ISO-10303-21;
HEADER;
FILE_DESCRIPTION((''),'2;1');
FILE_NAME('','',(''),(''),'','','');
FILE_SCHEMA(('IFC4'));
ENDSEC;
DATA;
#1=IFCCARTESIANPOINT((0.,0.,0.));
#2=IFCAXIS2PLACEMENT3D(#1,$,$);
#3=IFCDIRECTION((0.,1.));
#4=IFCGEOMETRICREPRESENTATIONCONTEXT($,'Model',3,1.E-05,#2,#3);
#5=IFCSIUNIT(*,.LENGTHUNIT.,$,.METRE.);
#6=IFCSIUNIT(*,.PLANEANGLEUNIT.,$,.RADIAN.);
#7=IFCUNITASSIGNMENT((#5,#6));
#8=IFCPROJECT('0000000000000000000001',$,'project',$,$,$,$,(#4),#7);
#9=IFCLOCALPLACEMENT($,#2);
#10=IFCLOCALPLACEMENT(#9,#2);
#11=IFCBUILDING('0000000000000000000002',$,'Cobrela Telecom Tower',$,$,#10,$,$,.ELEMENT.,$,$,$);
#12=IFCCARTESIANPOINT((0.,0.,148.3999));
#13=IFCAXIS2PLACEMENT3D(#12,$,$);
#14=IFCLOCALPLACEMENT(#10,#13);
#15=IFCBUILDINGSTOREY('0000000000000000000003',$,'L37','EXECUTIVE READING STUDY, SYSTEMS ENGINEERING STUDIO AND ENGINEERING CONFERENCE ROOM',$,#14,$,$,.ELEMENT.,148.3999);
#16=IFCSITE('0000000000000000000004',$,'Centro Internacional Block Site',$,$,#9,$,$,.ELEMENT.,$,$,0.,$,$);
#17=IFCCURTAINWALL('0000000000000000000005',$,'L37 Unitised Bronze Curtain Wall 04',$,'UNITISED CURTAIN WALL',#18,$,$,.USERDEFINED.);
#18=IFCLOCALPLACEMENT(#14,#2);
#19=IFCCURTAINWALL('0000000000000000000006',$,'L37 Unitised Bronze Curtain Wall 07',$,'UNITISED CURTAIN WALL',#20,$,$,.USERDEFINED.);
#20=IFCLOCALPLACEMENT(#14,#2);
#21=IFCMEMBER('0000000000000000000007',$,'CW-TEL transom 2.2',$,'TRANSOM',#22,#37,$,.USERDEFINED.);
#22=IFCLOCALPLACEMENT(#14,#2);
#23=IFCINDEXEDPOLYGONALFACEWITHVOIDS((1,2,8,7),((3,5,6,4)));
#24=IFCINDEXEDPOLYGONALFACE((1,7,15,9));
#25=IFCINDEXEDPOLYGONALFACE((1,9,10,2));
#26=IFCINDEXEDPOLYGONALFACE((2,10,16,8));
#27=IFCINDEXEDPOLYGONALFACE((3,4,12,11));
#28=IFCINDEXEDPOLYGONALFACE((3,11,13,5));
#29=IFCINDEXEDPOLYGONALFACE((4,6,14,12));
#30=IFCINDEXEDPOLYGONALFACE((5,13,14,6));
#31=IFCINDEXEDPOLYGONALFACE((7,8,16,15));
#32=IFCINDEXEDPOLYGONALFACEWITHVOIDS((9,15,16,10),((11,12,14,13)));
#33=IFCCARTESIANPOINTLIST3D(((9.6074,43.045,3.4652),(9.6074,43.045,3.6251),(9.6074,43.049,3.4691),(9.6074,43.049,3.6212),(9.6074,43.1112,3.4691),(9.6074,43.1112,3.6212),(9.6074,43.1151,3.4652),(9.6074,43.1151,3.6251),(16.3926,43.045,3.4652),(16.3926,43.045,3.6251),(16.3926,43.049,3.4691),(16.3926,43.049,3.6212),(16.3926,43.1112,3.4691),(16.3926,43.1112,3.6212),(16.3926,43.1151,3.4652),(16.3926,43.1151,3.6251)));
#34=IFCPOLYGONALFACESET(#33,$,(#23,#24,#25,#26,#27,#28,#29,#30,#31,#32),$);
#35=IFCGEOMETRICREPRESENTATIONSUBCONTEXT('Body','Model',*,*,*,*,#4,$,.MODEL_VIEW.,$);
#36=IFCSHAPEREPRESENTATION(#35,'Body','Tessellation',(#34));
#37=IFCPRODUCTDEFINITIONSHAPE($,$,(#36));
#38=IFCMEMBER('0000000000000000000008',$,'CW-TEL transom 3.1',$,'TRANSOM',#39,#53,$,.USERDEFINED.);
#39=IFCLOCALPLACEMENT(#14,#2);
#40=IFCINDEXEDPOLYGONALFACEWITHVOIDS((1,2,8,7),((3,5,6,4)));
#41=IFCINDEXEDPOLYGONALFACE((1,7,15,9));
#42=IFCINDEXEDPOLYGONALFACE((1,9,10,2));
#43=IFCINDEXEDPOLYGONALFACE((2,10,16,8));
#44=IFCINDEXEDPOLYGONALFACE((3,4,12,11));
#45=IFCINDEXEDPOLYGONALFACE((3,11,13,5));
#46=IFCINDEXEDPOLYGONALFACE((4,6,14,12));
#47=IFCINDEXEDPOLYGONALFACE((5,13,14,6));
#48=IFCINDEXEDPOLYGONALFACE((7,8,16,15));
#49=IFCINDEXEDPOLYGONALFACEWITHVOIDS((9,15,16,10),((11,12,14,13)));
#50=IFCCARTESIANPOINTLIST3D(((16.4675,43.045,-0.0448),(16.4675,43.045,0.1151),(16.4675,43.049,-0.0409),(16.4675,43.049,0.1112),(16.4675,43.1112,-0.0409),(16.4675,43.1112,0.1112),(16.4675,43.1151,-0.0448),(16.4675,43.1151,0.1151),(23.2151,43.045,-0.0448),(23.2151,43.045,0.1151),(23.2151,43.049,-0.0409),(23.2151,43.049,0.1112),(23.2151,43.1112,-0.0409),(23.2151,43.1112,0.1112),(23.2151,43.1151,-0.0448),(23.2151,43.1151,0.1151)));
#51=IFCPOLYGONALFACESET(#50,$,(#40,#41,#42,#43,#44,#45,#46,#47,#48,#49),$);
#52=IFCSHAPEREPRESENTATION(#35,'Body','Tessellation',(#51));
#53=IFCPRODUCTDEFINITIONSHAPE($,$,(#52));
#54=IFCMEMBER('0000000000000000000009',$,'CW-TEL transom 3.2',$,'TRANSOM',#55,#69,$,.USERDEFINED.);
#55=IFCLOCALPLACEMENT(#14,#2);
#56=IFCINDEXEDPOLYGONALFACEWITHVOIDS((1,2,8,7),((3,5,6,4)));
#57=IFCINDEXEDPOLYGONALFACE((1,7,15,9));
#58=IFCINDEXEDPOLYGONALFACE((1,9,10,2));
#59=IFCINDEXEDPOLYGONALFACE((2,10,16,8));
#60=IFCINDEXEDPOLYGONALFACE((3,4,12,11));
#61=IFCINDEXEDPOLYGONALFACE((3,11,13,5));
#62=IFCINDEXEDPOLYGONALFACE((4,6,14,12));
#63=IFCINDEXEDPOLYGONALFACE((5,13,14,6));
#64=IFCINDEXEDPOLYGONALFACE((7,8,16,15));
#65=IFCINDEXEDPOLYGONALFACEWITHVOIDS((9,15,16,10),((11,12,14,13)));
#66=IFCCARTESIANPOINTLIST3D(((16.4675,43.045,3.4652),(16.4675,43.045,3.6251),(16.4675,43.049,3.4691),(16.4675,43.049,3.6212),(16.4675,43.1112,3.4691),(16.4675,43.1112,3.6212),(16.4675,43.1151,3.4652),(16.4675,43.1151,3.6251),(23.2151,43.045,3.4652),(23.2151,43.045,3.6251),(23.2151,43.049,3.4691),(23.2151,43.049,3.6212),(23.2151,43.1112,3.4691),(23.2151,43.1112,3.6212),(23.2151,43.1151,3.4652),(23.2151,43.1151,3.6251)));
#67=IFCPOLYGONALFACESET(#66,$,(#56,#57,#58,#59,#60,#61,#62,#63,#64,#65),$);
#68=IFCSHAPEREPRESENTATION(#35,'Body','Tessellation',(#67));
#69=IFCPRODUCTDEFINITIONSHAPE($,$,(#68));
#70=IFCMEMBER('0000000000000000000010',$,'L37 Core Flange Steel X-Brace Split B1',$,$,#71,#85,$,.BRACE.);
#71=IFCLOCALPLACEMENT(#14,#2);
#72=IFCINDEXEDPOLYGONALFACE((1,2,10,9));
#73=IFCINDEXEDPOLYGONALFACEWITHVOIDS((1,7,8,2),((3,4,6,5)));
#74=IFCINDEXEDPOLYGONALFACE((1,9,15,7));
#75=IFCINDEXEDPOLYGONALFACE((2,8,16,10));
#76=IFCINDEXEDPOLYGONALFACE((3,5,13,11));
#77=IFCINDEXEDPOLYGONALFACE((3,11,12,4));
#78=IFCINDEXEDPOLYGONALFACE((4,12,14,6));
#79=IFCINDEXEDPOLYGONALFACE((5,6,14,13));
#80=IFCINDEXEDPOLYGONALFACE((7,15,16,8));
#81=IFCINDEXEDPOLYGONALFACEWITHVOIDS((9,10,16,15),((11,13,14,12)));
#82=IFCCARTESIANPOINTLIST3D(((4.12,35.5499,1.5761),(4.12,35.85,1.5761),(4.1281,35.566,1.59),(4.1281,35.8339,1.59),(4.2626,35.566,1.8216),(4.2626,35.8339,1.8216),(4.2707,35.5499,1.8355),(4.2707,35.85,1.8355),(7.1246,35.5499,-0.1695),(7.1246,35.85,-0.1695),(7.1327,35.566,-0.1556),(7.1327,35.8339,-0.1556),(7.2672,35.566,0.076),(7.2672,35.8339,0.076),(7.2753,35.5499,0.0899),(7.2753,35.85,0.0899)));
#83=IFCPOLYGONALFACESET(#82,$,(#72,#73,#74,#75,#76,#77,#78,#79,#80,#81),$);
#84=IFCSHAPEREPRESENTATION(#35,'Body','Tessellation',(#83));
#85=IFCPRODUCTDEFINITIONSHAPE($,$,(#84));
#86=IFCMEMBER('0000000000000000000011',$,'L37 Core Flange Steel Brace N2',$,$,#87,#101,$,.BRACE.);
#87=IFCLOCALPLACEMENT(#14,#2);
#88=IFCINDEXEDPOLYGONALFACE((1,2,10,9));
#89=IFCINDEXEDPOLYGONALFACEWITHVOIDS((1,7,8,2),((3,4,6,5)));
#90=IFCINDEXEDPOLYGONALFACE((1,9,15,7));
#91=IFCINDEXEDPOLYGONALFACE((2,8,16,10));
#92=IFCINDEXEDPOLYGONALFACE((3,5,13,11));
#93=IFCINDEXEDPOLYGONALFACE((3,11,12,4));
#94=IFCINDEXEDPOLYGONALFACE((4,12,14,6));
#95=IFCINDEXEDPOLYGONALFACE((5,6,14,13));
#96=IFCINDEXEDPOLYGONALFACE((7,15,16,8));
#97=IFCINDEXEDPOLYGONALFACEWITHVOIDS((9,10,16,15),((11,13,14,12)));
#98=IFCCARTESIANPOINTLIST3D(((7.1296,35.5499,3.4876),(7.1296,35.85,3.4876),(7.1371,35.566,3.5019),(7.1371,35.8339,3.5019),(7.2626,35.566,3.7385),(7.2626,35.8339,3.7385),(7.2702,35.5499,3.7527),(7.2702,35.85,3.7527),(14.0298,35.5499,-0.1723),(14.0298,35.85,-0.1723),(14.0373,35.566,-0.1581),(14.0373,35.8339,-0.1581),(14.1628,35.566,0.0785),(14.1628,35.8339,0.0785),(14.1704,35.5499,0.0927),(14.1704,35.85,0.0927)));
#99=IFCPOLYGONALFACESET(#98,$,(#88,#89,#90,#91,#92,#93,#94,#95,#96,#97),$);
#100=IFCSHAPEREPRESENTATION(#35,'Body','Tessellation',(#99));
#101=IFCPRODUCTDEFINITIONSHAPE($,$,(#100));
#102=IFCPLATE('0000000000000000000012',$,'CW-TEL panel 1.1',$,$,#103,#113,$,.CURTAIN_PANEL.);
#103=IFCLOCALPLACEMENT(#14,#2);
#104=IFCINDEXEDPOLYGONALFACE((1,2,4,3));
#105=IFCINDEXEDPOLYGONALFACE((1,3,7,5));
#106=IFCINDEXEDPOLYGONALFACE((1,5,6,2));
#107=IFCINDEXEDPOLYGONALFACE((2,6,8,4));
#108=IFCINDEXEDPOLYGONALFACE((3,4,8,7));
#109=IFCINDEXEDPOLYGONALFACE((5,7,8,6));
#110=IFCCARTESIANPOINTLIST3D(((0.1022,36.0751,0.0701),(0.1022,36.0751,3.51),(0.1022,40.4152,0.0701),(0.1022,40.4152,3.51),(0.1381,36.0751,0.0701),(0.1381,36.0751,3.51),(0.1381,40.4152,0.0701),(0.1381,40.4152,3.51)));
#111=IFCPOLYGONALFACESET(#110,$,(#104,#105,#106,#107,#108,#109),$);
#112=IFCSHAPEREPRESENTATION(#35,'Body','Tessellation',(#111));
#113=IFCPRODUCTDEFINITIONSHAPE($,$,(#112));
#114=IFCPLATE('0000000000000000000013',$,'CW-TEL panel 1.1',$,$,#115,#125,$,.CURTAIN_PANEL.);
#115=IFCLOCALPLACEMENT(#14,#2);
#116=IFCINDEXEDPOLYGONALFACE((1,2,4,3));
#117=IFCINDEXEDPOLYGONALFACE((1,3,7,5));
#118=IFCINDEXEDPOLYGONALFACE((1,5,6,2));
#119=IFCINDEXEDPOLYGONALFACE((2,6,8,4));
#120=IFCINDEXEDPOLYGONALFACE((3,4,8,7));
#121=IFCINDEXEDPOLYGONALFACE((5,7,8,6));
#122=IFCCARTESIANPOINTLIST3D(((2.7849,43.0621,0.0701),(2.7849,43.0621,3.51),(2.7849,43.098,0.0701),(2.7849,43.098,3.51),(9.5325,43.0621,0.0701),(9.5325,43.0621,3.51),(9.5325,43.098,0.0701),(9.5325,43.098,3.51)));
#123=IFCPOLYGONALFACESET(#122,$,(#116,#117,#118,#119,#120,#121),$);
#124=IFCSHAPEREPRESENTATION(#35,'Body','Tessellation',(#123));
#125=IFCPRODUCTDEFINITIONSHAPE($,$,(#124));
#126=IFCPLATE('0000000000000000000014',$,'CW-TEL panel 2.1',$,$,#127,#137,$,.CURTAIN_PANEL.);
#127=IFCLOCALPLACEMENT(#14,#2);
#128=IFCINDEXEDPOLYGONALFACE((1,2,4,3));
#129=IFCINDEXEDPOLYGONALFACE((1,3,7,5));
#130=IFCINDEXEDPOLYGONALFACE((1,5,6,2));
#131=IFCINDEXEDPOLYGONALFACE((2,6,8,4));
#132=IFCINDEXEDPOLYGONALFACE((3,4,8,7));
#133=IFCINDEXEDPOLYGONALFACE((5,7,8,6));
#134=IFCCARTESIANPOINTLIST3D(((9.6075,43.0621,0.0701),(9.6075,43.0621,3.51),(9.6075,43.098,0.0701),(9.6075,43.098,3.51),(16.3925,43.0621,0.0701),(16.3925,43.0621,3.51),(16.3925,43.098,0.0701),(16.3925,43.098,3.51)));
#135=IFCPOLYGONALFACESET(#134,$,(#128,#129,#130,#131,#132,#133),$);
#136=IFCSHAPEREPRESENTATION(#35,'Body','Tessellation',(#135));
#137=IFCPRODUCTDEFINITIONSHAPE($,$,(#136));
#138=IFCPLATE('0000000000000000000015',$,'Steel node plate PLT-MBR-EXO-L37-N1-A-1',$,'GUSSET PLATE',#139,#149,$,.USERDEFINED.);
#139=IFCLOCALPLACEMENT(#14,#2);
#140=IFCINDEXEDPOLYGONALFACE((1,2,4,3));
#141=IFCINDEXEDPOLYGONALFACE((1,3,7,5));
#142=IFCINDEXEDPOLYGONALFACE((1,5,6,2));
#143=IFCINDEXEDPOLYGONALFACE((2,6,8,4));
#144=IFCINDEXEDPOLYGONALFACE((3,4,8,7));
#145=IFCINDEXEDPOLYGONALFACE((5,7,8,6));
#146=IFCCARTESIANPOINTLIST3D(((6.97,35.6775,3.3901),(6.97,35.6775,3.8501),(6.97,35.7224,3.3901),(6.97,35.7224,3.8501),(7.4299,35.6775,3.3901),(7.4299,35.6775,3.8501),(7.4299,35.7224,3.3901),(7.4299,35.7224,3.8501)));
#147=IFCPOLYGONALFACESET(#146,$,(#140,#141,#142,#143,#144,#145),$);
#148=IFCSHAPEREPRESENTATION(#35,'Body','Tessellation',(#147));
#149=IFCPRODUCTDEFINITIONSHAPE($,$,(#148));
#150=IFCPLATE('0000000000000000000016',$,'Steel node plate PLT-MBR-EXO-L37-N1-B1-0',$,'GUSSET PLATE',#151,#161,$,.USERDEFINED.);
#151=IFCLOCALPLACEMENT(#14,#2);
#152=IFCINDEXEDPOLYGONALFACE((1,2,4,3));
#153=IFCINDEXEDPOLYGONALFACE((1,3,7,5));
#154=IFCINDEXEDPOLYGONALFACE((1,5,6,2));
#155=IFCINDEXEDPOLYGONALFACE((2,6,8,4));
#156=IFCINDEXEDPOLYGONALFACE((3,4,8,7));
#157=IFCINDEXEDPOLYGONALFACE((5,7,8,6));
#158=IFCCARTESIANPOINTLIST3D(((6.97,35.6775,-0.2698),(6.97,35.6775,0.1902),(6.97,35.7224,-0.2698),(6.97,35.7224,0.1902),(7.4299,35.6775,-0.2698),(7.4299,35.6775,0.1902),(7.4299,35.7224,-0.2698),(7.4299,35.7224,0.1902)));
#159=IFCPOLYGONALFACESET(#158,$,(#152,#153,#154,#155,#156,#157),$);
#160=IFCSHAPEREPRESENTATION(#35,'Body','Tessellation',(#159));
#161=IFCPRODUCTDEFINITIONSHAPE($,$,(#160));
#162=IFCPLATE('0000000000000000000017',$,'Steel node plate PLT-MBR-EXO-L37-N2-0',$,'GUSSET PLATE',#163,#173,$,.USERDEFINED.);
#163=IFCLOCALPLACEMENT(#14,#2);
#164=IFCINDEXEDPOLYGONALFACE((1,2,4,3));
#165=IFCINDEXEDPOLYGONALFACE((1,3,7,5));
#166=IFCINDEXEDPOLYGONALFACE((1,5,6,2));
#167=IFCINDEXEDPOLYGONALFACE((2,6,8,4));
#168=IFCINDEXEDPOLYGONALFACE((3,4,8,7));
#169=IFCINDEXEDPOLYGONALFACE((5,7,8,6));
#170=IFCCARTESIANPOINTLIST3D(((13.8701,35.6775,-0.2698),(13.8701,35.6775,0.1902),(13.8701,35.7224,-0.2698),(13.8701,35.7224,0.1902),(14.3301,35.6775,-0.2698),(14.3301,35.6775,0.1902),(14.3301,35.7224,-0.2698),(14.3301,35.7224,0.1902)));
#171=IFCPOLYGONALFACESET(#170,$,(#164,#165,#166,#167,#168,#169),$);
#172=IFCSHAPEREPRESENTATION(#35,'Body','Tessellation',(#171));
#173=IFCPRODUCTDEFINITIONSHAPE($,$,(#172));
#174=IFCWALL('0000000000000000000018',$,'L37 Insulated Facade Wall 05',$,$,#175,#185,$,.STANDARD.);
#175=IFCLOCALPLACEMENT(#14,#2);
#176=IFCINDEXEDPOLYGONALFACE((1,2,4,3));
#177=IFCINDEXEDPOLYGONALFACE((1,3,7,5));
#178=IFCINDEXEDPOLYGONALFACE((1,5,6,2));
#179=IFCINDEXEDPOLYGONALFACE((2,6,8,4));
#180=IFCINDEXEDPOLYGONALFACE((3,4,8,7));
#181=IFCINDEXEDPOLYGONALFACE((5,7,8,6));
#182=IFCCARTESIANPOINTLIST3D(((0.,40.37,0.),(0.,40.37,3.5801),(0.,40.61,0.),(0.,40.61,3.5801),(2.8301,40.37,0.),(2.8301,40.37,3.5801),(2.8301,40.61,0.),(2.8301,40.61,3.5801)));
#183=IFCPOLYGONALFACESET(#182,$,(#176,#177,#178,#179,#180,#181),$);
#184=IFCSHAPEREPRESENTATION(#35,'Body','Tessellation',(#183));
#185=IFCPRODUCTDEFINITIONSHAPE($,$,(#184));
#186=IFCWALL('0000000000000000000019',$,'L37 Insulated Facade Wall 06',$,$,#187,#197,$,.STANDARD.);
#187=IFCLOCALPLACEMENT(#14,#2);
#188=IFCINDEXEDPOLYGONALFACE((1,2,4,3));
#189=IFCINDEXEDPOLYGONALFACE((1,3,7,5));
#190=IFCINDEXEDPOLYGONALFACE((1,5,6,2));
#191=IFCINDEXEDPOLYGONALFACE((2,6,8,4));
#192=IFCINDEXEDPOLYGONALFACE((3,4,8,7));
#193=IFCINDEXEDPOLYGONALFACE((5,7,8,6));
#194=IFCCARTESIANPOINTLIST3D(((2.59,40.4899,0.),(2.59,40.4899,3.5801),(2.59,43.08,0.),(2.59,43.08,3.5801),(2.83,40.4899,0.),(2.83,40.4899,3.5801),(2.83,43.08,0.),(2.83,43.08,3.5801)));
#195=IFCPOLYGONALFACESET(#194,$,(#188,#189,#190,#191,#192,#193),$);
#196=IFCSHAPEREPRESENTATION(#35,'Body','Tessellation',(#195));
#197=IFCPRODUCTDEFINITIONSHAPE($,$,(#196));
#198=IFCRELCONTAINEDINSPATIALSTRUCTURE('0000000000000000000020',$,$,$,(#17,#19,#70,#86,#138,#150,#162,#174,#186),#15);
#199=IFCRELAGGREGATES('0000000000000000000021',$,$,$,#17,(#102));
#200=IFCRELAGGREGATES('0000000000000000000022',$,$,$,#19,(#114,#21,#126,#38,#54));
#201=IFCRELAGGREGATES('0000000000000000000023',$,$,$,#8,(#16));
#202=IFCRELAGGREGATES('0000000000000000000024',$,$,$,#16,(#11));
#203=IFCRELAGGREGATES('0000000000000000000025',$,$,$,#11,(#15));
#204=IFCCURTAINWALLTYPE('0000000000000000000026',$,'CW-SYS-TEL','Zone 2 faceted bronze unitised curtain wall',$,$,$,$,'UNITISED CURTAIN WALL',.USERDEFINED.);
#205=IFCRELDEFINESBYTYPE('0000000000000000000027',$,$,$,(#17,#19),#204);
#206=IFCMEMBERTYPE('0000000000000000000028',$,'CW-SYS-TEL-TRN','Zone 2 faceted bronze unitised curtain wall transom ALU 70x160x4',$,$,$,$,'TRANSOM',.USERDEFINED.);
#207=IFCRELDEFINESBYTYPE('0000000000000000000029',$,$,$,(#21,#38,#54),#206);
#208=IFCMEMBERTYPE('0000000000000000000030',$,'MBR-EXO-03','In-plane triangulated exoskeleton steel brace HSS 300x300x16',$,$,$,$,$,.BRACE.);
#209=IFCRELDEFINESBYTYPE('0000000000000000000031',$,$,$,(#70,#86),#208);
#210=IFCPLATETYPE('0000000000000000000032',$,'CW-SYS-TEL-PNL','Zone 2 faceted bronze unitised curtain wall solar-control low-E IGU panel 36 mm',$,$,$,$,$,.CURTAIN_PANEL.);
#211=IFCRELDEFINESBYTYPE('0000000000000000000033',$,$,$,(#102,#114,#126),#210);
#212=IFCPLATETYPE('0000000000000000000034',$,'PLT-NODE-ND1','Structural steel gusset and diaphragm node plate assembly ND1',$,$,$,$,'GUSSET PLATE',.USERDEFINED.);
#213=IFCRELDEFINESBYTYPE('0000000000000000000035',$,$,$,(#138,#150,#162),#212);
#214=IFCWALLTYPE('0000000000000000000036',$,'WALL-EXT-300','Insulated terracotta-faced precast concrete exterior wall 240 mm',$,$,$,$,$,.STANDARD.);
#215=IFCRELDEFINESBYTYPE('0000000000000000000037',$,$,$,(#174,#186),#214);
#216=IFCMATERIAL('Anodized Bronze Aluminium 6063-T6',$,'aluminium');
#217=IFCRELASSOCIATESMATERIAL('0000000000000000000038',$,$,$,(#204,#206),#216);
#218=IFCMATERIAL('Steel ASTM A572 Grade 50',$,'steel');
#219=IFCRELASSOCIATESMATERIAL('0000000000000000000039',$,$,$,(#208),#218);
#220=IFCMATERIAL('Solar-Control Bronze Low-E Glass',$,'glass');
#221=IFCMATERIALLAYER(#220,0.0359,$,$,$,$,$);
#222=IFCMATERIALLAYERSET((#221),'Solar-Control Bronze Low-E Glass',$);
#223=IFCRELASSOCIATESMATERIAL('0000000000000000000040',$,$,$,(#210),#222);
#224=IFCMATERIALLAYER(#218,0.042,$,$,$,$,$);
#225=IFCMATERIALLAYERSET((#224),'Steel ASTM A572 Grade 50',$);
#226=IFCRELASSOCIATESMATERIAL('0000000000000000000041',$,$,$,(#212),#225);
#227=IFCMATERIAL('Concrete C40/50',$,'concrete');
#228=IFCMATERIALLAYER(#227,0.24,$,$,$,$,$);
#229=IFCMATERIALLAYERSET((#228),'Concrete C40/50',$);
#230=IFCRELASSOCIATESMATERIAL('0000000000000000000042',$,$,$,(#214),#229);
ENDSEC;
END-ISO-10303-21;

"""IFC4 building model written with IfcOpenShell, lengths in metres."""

from ifc_helpers import new_model, si_unit, direction, frame, frame_2d, origin, origin_2d, place, context, subcontext, project, spatial, rectangle, hollow_rectangle, extrude, material, layer, layer_set, material_profile, profile_set, type_object, element, aggregate, save


model = new_model("IFC4")

# Units and contexts
model_context = context("Model", 3, precision=1e-05, world=origin(), true_north=direction((0.0, 1.0)))
body_context = subcontext(model_context, "Body", "Model", "MODEL_VIEW")
ifc_project = project(units=[si_unit("LENGTHUNIT", "METRE"), si_unit("PLANEANGLEUNIT", "RADIAN")], contexts=[model_context])

# Site, building, storey
site_placement = place(None, origin())
site = spatial("IfcSite", under=ifc_project, at=site_placement, Name="Centro Internacional Block Site", CompositionType="ELEMENT", RefElevation=0.0)
building_placement = place(site_placement, origin())
building = spatial("IfcBuilding", under=site, at=building_placement, Name="Cobrela Telecom Tower", CompositionType="ELEMENT")
storey_placement = place(building_placement, frame((0.0, 0.0, 148.3999)))
storey = spatial("IfcBuildingStorey", under=building, at=storey_placement, Name="L37", Description="EXECUTIVE READING STUDY, SYSTEMS ENGINEERING STUDIO AND ENGINEERING CONFERENCE ROOM", CompositionType="ELEMENT", Elevation=148.3999)

# Shared definitions
ifc_material_1 = material(Name="Steel ASTM A572 Grade 50", Category="steel")

# Curtain walls
ifc_material_2 = material(Name="Anodized Bronze Aluminium 6063-T6", Category="aluminium")
curtain_wall_type = type_object("IfcCurtainWallType", Name="CW-SYS-TEL", Description="Zone 2 faceted bronze unitised curtain wall", ElementType="UNITISED CURTAIN WALL", PredefinedType="USERDEFINED", material=ifc_material_2)
curtain_wall_1_placement = place(storey_placement, origin())
curtain_wall_1 = element("IfcCurtainWall", 1, at=curtain_wall_1_placement, inside=storey, type_object=curtain_wall_type, Name="L37 Unitised Bronze Curtain Wall 04", ObjectType="UNITISED CURTAIN WALL", PredefinedType="USERDEFINED")
curtain_wall_2_placement = place(storey_placement, origin())
curtain_wall_2 = element("IfcCurtainWall", 2, at=curtain_wall_2_placement, inside=storey, type_object=curtain_wall_type, Name="L37 Unitised Bronze Curtain Wall 07", ObjectType="UNITISED CURTAIN WALL", PredefinedType="USERDEFINED")

# Members
ifc_material_profile_1 = material_profile(ifc_material_2, hollow_rectangle(XDim=0.0701, YDim=0.1599, WallThickness=0.0039, at=origin_2d()), Name="ALU 70x160x4")
ifc_profile_set_1 = profile_set([ifc_material_profile_1], Name="Anodized Bronze Aluminium 6063-T6")
member_type_1 = type_object("IfcMemberType", Name="CW-SYS-TEL-TRN", Description="Zone 2 faceted bronze unitised curtain wall transom ALU 70x160x4", ElementType="TRANSOM", PredefinedType="USERDEFINED", material=ifc_profile_set_1)
member_1_placement = place(storey_placement, frame((9.6074, 43.0801, 3.5452), z_axis=(1.0, 0.0, 0.0), x_axis=(0.0, 1.0, 0.0)))
member_1 = element("IfcMember", 3, at=member_1_placement, type_object=member_type_1, Name="CW-TEL transom 2.2", ObjectType="TRANSOM", PredefinedType="USERDEFINED", context=body_context, shape_type="SweptSolid", body=[
    extrude(hollow_rectangle(XDim=0.0701, YDim=0.1599, WallThickness=0.0039, at=origin_2d()), origin(), (0.0, 0.0, 1.0), 6.7852),
])
member_2_placement = place(storey_placement, frame((16.4675, 43.0801, 0.0352), z_axis=(1.0, 0.0, 0.0), x_axis=(0.0, 1.0, 0.0)))
member_2 = element("IfcMember", 4, at=member_2_placement, type_object=member_type_1, Name="CW-TEL transom 3.1", ObjectType="TRANSOM", PredefinedType="USERDEFINED", context=body_context, shape_type="SweptSolid", body=[
    extrude(hollow_rectangle(XDim=0.0701, YDim=0.1599, WallThickness=0.0039, at=origin_2d()), origin(), (0.0, 0.0, 1.0), 6.7476),
])
member_3_placement = place(storey_placement, frame((16.4675, 43.0801, 3.5452), z_axis=(1.0, 0.0, 0.0), x_axis=(0.0, 1.0, 0.0)))
member_3 = element("IfcMember", 5, at=member_3_placement, type_object=member_type_1, Name="CW-TEL transom 3.2", ObjectType="TRANSOM", PredefinedType="USERDEFINED", context=body_context, shape_type="SweptSolid", body=[
    extrude(hollow_rectangle(XDim=0.0701, YDim=0.1599, WallThickness=0.0039, at=origin_2d()), origin(), (0.0, 0.0, 1.0), 6.7476),
])

# Members
ifc_material_profile_2 = material_profile(ifc_material_1, hollow_rectangle(XDim=0.3, YDim=0.3, WallThickness=0.0161, at=origin_2d()), Name="HSS 300x300x16")
ifc_profile_set_2 = profile_set([ifc_material_profile_2], Name="Steel ASTM A572 Grade 50")
member_type_2 = type_object("IfcMemberType", Name="MBR-EXO-03", Description="In-plane triangulated exoskeleton steel brace HSS 300x300x16", PredefinedType="BRACE", material=ifc_profile_set_2)
member_4_placement = place(storey_placement, frame((7.2, 35.7, -0.0398), z_axis=(-0.864667, 0.0, 0.502346), x_axis=(0.0, -1.0, 0.0)))
element("IfcMember", 6, at=member_4_placement, inside=storey, type_object=member_type_2, Name="L37 Core Flange Steel X-Brace Split B1", PredefinedType="BRACE", context=body_context, shape_type="SweptSolid", body=[
    extrude(hollow_rectangle(XDim=0.3, YDim=0.3, WallThickness=0.0161, at=origin_2d()), origin(), (0.0, 0.0, 1.0), 3.4749),
])
member_5_placement = place(storey_placement, frame((14.1001, 35.7, -0.0398), z_axis=(-0.883423, 0.0, 0.468577), x_axis=(0.0, -1.0, 0.0)))
element("IfcMember", 7, at=member_5_placement, inside=storey, type_object=member_type_2, Name="L37 Core Flange Steel Brace N2", PredefinedType="BRACE", context=body_context, shape_type="SweptSolid", body=[
    extrude(hollow_rectangle(XDim=0.3, YDim=0.3, WallThickness=0.0161, at=origin_2d()), origin(), (0.0, 0.0, 1.0), 7.8108),
])

# Plates
ifc_material_3 = material(Name="Solar-Control Bronze Low-E Glass", Category="glass")
ifc_layer_1 = layer(ifc_material_3, 0.0359)
ifc_layer_set_1 = layer_set([ifc_layer_1], Name="Solar-Control Bronze Low-E Glass")
plate_type_1 = type_object("IfcPlateType", Name="CW-SYS-TEL-PNL", Description="Zone 2 faceted bronze unitised curtain wall solar-control low-E IGU panel 36 mm", PredefinedType="CURTAIN_PANEL", material=ifc_layer_set_1)
plate_1_placement = place(storey_placement, frame((0.1201, 38.2451, 0.0701), z_axis=(0.0, 0.0, 1.0), x_axis=(0.0, 1.0, 0.0)))
plate_1 = element("IfcPlate", 8, at=plate_1_placement, type_object=plate_type_1, Name="CW-TEL panel 1.1", PredefinedType="CURTAIN_PANEL", context=body_context, shape_type="SweptSolid", body=[
    extrude(rectangle(XDim=4.3401, YDim=0.0359, at=origin_2d()), origin(), (0.0, 0.0, 1.0), 3.4399),
])
aggregate(curtain_wall_1, [plate_1])
plate_2_placement = place(storey_placement, frame((6.1587, 43.0801, 0.0701), z_axis=(0.0, 0.0, 1.0), x_axis=(1.0, 0.0, 0.0)))
plate_2 = element("IfcPlate", 9, at=plate_2_placement, type_object=plate_type_1, Name="CW-TEL panel 1.1", PredefinedType="CURTAIN_PANEL", context=body_context, shape_type="SweptSolid", body=[
    extrude(rectangle(XDim=6.7476, YDim=0.0359, at=origin_2d()), origin(), (0.0, 0.0, 1.0), 3.4399),
])
plate_3_placement = place(storey_placement, frame((13.0, 43.0801, 0.0701), z_axis=(0.0, 0.0, 1.0), x_axis=(1.0, 0.0, 0.0)))
plate_3 = element("IfcPlate", 10, at=plate_3_placement, type_object=plate_type_1, Name="CW-TEL panel 2.1", PredefinedType="CURTAIN_PANEL", context=body_context, shape_type="SweptSolid", body=[
    extrude(rectangle(XDim=6.7849, YDim=0.0359, at=origin_2d()), origin(), (0.0, 0.0, 1.0), 3.4399),
])
aggregate(curtain_wall_2, [plate_2, member_1, plate_3, member_2, member_3])

# Plates
ifc_layer_2 = layer(ifc_material_1, 0.042)
ifc_layer_set_2 = layer_set([ifc_layer_2], Name="Steel ASTM A572 Grade 50")
plate_type_2 = type_object("IfcPlateType", Name="PLT-NODE-ND1", Description="Structural steel gusset and diaphragm node plate assembly ND1", ElementType="GUSSET PLATE", PredefinedType="USERDEFINED", material=ifc_layer_set_2)
for number, where, z_axis, x_axis, name in (
    (11, (7.2, 35.7, 3.3901), (0.0, 0.0, 1.0), (1.0, 0.0, 0.0), "Steel node plate PLT-MBR-EXO-L37-N1-A-1"),
    (12, (7.2, 35.7, -0.2698), (0.0, 0.0, 1.0), (-1.0, 0.0, 0.0), "Steel node plate PLT-MBR-EXO-L37-N1-B1-0"),
    (13, (14.1001, 35.7, -0.2698), (0.0, 0.0, 1.0), (-1.0, 0.0, 0.0), "Steel node plate PLT-MBR-EXO-L37-N2-0"),
):
    element("IfcPlate", number, at=place(storey_placement, frame(where, z_axis=z_axis, x_axis=x_axis)), inside=storey, type_object=plate_type_2, Name=name, ObjectType="GUSSET PLATE", PredefinedType="USERDEFINED", context=body_context, shape_type="SweptSolid", body=[
        extrude(rectangle(XDim=0.46, YDim=0.0449, at=origin_2d()), origin(), (0.0, 0.0, 1.0), 0.46),
    ])

# Walls
ifc_material_4 = material(Name="Concrete C40/50", Category="concrete")
ifc_layer_3 = layer(ifc_material_4, 0.24)
ifc_layer_set_3 = layer_set([ifc_layer_3], Name="Concrete C40/50")
wall_type_1 = type_object("IfcWallType", Name="WALL-EXT-300", Description="Insulated terracotta-faced precast concrete exterior wall 240 mm", PredefinedType="STANDARD", material=ifc_layer_set_3)
wall_1_placement = place(storey_placement, frame((0.0, 40.49, 0.0), z_axis=(0.0, 0.0, 1.0), x_axis=(1.0, 0.0, 0.0)))
element("IfcWall", 14, at=wall_1_placement, inside=storey, type_object=wall_type_1, Name="L37 Insulated Facade Wall 05", PredefinedType="STANDARD", context=body_context, shape_type="SweptSolid", body=[
    extrude(rectangle(XDim=2.8301, YDim=0.24, at=frame_2d((1.415, 0.0))), origin(), (0.0, 0.0, 1.0), 3.5801),
])
wall_2_placement = place(storey_placement, frame((2.71, 40.49, 0.0), z_axis=(0.0, 0.0, 1.0), x_axis=(0.0, 1.0, 0.0)))
element("IfcWall", 15, at=wall_2_placement, inside=storey, type_object=wall_type_1, Name="L37 Insulated Facade Wall 06", PredefinedType="STANDARD", context=body_context, shape_type="SweptSolid", body=[
    extrude(rectangle(XDim=2.5901, YDim=0.24, at=frame_2d((1.2949, 0.0))), origin(), (0.0, 0.0, 1.0), 3.5801),
])

save(model, "model.ifc")
